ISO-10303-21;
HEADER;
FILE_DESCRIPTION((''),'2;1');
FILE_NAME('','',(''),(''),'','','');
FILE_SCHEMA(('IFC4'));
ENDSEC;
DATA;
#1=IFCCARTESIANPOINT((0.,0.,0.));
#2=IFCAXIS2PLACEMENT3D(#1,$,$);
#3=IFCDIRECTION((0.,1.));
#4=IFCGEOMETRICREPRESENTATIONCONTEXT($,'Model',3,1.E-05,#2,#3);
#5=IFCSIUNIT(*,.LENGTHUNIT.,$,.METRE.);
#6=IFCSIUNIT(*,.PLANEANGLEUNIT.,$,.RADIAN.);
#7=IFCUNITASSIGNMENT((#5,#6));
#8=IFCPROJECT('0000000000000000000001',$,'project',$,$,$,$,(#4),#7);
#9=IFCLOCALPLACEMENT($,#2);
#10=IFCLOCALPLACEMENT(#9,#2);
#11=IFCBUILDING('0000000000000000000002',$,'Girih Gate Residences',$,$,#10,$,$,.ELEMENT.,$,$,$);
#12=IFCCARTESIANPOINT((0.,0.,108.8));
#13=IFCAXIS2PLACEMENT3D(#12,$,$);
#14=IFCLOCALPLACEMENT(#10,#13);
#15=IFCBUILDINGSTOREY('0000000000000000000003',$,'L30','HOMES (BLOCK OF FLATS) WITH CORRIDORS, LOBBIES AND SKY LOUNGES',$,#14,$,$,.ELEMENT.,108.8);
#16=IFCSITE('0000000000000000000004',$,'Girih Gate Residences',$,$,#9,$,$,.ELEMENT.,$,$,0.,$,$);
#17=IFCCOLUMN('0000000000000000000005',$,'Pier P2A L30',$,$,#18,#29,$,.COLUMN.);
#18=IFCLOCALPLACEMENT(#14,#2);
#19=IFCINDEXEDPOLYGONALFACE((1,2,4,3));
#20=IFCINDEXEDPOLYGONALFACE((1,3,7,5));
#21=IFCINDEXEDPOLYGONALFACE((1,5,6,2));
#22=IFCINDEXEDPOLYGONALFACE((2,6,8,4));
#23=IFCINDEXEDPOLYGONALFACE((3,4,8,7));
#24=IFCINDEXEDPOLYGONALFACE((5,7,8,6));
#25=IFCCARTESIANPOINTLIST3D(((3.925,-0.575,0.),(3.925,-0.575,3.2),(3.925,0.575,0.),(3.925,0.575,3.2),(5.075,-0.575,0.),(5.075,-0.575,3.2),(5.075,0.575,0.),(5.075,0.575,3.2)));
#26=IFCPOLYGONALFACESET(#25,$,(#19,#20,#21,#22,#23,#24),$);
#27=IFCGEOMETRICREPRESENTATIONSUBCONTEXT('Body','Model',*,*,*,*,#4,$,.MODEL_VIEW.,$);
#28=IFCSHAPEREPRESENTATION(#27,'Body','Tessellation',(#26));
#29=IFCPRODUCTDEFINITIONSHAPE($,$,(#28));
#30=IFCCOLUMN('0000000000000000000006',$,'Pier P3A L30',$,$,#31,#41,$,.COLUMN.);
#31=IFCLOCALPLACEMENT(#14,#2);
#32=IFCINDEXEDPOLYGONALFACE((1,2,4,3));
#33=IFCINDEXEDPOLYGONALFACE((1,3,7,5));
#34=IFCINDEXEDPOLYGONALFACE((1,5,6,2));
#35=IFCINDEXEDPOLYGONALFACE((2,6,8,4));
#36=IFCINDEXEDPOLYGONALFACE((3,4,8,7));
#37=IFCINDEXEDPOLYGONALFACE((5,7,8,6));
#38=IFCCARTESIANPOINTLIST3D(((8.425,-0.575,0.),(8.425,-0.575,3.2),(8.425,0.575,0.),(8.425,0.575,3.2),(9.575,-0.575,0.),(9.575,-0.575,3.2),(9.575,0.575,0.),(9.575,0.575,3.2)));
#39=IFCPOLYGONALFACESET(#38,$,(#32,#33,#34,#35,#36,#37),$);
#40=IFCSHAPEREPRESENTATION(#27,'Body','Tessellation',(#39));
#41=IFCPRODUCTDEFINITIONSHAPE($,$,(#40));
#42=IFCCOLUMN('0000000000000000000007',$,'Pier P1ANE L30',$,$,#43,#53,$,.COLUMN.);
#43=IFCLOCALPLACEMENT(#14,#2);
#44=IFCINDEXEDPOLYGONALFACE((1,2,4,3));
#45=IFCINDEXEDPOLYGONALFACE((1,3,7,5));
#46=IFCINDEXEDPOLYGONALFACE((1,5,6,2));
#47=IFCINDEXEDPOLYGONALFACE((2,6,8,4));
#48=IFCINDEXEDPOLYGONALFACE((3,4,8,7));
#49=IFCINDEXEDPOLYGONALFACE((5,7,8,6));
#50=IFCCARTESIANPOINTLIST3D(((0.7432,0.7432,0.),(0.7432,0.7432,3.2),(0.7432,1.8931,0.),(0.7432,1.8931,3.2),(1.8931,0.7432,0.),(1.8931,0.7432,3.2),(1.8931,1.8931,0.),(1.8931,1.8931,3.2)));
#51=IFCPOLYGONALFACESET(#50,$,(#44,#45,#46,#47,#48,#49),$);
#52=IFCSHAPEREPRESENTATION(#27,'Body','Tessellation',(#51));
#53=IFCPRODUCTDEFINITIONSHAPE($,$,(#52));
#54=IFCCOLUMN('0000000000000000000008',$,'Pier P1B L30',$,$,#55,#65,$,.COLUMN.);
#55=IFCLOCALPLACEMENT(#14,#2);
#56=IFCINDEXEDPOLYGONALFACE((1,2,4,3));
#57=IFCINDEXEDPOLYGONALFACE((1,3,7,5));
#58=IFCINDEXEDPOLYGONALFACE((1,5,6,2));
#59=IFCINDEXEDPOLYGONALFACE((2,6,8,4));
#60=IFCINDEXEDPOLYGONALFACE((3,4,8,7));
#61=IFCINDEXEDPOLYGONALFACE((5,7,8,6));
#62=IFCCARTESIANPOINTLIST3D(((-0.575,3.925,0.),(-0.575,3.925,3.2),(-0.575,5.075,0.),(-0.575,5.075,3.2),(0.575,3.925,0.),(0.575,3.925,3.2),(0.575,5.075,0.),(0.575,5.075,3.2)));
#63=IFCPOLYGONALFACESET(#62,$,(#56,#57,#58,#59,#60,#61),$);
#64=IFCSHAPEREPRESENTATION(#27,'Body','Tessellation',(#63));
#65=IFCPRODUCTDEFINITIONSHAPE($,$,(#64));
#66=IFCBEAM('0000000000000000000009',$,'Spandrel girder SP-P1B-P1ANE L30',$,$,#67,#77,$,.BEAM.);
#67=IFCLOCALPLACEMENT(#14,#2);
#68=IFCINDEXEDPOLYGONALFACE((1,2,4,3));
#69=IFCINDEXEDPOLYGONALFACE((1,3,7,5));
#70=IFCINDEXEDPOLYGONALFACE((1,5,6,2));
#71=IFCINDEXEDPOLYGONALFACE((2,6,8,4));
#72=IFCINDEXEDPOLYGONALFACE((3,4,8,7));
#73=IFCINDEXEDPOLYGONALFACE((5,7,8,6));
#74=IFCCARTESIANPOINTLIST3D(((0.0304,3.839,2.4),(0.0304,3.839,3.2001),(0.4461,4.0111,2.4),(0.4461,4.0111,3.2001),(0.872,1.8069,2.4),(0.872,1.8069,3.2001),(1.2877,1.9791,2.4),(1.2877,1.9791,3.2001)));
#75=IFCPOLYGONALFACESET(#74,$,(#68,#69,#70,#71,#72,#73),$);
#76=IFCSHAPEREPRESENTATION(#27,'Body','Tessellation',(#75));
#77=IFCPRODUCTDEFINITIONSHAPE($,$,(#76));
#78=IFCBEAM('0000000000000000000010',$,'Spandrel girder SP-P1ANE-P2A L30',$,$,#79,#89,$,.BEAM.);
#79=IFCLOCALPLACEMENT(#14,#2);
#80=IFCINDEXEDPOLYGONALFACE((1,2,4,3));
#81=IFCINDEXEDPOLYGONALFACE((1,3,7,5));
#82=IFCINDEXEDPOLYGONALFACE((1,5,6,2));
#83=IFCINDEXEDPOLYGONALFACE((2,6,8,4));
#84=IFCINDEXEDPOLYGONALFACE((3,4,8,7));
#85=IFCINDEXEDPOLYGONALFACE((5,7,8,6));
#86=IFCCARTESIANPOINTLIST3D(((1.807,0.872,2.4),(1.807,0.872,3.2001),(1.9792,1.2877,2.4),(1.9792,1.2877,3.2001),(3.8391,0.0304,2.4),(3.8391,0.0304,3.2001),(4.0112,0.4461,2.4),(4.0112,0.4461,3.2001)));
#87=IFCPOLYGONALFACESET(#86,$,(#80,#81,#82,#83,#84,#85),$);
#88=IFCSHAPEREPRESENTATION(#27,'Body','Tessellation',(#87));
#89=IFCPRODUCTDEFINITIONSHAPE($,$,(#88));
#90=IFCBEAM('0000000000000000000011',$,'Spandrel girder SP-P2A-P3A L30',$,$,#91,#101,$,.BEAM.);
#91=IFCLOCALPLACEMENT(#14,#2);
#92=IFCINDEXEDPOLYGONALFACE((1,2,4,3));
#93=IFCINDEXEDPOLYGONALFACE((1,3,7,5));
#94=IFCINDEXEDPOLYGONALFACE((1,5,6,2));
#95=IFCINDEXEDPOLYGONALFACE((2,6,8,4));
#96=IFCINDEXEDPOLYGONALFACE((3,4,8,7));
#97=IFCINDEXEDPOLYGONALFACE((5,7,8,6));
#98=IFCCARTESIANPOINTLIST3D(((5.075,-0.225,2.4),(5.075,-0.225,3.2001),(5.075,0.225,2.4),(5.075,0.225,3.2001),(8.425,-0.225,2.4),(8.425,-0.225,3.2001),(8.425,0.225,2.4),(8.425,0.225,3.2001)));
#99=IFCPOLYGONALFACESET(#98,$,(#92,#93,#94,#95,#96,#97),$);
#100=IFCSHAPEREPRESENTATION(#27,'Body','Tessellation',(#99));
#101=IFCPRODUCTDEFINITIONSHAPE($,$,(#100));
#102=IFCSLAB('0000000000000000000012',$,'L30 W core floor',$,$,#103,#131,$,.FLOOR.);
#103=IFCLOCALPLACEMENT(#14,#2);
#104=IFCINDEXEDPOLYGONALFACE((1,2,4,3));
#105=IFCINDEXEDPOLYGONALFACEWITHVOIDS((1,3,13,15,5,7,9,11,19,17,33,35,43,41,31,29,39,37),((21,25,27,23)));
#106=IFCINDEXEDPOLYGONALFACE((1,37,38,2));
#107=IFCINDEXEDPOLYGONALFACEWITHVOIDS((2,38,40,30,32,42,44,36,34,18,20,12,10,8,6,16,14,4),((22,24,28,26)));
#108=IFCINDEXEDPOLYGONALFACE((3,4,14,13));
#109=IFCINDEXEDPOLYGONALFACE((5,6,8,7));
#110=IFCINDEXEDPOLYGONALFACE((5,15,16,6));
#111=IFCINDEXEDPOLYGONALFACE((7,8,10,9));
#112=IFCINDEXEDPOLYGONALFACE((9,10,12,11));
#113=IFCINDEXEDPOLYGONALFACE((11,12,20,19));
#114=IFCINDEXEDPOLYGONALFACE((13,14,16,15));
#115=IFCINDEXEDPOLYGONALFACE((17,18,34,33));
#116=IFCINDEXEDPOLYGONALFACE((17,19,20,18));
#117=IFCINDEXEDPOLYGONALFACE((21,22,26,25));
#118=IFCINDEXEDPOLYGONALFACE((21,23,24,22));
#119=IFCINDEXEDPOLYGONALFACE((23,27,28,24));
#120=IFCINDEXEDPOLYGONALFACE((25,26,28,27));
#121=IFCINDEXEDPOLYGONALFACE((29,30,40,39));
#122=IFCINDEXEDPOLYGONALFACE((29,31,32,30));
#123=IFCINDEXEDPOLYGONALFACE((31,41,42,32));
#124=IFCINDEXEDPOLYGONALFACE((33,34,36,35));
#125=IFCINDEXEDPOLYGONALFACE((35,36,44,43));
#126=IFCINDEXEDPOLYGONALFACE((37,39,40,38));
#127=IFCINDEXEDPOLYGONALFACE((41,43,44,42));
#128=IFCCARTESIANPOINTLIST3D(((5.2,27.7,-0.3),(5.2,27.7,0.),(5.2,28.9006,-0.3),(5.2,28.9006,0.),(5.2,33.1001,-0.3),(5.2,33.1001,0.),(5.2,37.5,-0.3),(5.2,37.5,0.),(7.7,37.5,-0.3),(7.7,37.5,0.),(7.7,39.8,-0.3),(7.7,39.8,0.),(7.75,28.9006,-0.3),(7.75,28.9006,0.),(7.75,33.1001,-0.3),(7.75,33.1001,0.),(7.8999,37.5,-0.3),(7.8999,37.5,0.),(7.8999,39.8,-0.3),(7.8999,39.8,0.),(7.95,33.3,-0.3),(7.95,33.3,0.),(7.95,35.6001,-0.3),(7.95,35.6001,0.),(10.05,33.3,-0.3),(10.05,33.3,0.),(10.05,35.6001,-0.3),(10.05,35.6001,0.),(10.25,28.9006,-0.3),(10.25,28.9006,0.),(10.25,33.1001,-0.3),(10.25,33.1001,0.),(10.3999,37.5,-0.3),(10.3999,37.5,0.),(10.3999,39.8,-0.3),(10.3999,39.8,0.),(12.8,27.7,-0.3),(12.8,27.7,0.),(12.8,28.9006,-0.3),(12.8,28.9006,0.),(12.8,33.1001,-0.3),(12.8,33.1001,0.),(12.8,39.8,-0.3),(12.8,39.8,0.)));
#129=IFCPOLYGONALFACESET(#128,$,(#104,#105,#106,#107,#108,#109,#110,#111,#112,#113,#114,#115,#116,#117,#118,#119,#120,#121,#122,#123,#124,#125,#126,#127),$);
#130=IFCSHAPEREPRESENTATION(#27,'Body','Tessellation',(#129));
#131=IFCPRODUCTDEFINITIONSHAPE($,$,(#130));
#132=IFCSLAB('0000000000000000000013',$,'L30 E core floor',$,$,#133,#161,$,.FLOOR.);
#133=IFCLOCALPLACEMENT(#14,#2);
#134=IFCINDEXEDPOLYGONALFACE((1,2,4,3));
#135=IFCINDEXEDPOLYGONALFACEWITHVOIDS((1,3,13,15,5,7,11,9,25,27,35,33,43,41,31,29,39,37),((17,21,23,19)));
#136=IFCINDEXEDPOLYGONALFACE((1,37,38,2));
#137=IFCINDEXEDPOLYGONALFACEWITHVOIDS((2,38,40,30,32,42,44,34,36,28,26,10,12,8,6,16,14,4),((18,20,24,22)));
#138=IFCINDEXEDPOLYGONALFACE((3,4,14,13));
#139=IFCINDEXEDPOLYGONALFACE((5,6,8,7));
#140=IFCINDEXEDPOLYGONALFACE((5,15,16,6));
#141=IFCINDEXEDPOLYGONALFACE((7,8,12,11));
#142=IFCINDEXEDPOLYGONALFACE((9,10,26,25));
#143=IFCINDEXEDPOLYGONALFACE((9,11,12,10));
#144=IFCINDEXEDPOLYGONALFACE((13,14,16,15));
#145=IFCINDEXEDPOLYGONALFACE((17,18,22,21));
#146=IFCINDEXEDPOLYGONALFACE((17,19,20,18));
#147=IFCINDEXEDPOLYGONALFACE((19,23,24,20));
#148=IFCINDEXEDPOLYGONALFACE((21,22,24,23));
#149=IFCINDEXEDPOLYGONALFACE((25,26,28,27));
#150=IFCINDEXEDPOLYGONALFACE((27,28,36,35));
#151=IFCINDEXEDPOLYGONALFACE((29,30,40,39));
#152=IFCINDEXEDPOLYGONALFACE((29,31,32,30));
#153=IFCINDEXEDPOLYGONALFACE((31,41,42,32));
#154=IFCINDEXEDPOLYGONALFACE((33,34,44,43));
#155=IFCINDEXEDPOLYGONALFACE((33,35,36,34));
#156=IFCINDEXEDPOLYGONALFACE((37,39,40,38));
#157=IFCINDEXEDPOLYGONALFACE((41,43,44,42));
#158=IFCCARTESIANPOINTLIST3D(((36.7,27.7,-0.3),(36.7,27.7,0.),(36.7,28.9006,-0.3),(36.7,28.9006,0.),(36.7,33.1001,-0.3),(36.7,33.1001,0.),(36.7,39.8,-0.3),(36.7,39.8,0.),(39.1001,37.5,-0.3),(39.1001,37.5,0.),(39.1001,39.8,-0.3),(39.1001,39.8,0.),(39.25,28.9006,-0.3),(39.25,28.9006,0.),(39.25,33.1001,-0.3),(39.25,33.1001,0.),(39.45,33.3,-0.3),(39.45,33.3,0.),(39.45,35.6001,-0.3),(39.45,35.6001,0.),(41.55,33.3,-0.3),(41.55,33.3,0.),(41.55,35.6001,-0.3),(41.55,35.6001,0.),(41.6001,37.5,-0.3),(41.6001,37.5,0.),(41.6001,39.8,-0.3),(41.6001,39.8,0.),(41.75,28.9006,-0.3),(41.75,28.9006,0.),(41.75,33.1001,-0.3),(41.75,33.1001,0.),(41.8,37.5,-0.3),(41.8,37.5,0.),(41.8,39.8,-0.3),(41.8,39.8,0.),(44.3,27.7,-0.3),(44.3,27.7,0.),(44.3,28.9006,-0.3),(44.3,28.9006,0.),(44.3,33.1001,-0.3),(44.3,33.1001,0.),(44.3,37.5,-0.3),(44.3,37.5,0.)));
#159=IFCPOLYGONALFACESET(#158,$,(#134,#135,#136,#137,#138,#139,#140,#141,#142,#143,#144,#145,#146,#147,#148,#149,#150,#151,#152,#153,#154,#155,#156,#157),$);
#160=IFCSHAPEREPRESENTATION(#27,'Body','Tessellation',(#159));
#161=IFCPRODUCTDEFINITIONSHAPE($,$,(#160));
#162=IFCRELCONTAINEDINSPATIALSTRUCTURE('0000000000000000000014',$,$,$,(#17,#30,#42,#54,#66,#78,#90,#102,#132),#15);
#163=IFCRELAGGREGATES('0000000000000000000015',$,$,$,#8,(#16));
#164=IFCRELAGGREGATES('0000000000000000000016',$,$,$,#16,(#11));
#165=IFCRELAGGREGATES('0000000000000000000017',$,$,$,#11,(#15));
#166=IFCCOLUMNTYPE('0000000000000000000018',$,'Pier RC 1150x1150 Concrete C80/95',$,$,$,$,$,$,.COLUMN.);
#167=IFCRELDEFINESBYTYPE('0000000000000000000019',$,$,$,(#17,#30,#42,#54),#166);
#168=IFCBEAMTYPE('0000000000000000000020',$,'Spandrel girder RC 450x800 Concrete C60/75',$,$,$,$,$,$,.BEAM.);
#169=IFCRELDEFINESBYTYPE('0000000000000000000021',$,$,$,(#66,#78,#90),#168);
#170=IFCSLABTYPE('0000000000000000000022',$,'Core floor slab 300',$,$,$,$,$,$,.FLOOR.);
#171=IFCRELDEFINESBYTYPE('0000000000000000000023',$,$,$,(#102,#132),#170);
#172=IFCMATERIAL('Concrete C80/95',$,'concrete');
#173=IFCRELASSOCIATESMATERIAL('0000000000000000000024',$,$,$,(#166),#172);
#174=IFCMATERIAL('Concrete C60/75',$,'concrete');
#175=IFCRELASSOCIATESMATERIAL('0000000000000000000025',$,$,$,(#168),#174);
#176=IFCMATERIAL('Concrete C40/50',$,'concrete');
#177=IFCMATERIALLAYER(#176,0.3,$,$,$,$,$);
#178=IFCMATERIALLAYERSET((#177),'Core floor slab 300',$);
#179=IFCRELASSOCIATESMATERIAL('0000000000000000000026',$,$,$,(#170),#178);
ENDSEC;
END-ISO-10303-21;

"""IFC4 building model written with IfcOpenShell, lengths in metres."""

from ifc_helpers import new_model, si_unit, direction, frame, origin, origin_2d, place, context, subcontext, project, spatial, polyline, rectangle, outline, extrude, material, layer, layer_set, material_profile, profile_set, type_object, element, save


model = new_model("IFC4")

# Units and contexts
model_context = context("Model", 3, precision=1e-05, world=origin(), true_north=direction((0.0, 1.0)))
body_context = subcontext(model_context, "Body", "Model", "MODEL_VIEW")
ifc_project = project(units=[si_unit("LENGTHUNIT", "METRE"), si_unit("PLANEANGLEUNIT", "RADIAN")], contexts=[model_context])

# Site, building, storey
site_placement = place(None, origin())
site = spatial("IfcSite", under=ifc_project, at=site_placement, Name="Girih Gate Residences", CompositionType="ELEMENT", RefElevation=0.0)
building_placement = place(site_placement, origin())
building = spatial("IfcBuilding", under=site, at=building_placement, Name="Girih Gate Residences", CompositionType="ELEMENT")
storey_placement = place(building_placement, frame((0.0, 0.0, 108.8)))
storey = spatial("IfcBuildingStorey", under=building, at=storey_placement, Name="L30", Description="HOMES (BLOCK OF FLATS) WITH CORRIDORS, LOBBIES AND SKY LOUNGES", CompositionType="ELEMENT", Elevation=108.8)

# Columns
ifc_material_1 = material(Name="Concrete C80/95", Category="concrete")
ifc_material_profile_1 = material_profile(ifc_material_1, rectangle(XDim=1.1499, YDim=1.1499, at=origin_2d()))
ifc_profile_set_1 = profile_set([ifc_material_profile_1], Name="Concrete C80/95")
column_type = type_object("IfcColumnType", Name="Pier RC 1150x1150 Concrete C80/95", PredefinedType="COLUMN", material=ifc_profile_set_1)
for number, where, z_axis, x_axis, name in (
    (1, (4.5, 0.0, 0.0), (0.0, 0.0, 1.0), (1.0, 0.0, 0.0), "Pier P2A L30"),
    (2, (9.0, 0.0, 0.0), (0.0, 0.0, 1.0), (1.0, 0.0, 0.0), "Pier P3A L30"),
    (3, (1.3181, 1.3181, 0.0), (0.0, 0.0, 1.0), (1.0, 0.0, 0.0), "Pier P1ANE L30"),
    (4, (0.0, 4.5, 0.0), (0.0, 0.0, 1.0), (1.0, 0.0, 0.0), "Pier P1B L30"),
):
    element("IfcColumn", number, at=place(storey_placement, frame(where, z_axis=z_axis, x_axis=x_axis)), inside=storey, type_object=column_type, Name=name, PredefinedType="COLUMN", context=body_context, shape_type="SweptSolid", body=[
        extrude(rectangle(XDim=1.1499, YDim=1.1499, at=origin_2d()), origin(), (0.0, 0.0, 1.0), 3.2),
    ])

# Beams
ifc_material_2 = material(Name="Concrete C60/75", Category="concrete")
ifc_material_profile_2 = material_profile(ifc_material_2, rectangle(XDim=0.45, YDim=0.8, at=origin_2d()))
ifc_profile_set_2 = profile_set([ifc_material_profile_2], Name="Concrete C60/75")
beam_type = type_object("IfcBeamType", Name="Spandrel girder RC 450x800 Concrete C60/75", PredefinedType="BEAM", material=ifc_profile_set_2)
for number, where, z_axis, x_axis, name in (
    (5, (0.2383, 3.925, 2.8), (0.382636, -0.923899, 0.0), (0.923899, 0.382636, 0.0), "Spandrel girder SP-P1B-P1ANE L30"),
    (6, (1.8931, 1.0798, 2.8), (0.923899, -0.382636, 0.0), (0.382636, 0.923899, 0.0), "Spandrel girder SP-P1ANE-P2A L30"),
):
    element("IfcBeam", number, at=place(storey_placement, frame(where, z_axis=z_axis, x_axis=x_axis)), inside=storey, type_object=beam_type, Name=name, PredefinedType="BEAM", context=body_context, shape_type="SweptSolid", body=[
        extrude(rectangle(XDim=0.45, YDim=0.8, at=origin_2d()), origin(), (0.0, 0.0, 1.0), 2.1995),
    ])
beam_placement = place(storey_placement, frame((5.075, 0.0, 2.8), z_axis=(1.0, 0.0, 0.0), x_axis=(0.0, 1.0, 0.0)))
element("IfcBeam", 7, at=beam_placement, inside=storey, type_object=beam_type, Name="Spandrel girder SP-P2A-P3A L30", PredefinedType="BEAM", context=body_context, shape_type="SweptSolid", body=[
    extrude(rectangle(XDim=0.45, YDim=0.8, at=origin_2d()), origin(), (0.0, 0.0, 1.0), 3.3501),
])

# Slabs
ifc_material_3 = material(Name="Concrete C40/50", Category="concrete")
ifc_layer_1 = layer(ifc_material_3, 0.3)
ifc_layer_set_1 = layer_set([ifc_layer_1], Name="Core floor slab 300")
slab_type_1 = type_object("IfcSlabType", Name="Core floor slab 300", PredefinedType="FLOOR", material=ifc_layer_set_1)
slab_1_placement = place(storey_placement, frame((0.0, 0.0, -0.3)))
element("IfcSlab", 8, at=slab_1_placement, inside=storey, type_object=slab_type_1, Name="L30 W core floor", PredefinedType="FLOOR", context=body_context, shape_type="SweptSolid", body=[
    extrude(outline(polyline([(12.8, 27.7), (5.2, 27.7), (5.2, 28.9006), (7.75, 28.9006), (7.75, 33.1001), (5.2, 33.1001), (5.2, 37.5), (7.7, 37.5), (7.7, 39.8), (7.8999, 39.8), (7.8999, 37.5), (10.3999, 37.5), (10.3999, 39.8), (12.8, 39.8), (12.8, 33.1001), (10.25, 33.1001), (10.25, 28.9006), (12.8, 28.9006), (12.8, 27.7)]), holes=[polyline([(7.95, 33.3), (10.05, 33.3), (10.05, 35.6001), (7.95, 35.6001), (7.95, 33.3)])]), origin(), (0.0, 0.0, 1.0), 0.3),
])
slab_2_placement = place(storey_placement, frame((0.0, 0.0, -0.3)))
element("IfcSlab", 9, at=slab_2_placement, inside=storey, type_object=slab_type_1, Name="L30 E core floor", PredefinedType="FLOOR", context=body_context, shape_type="SweptSolid", body=[
    extrude(outline(polyline([(44.3, 27.7), (36.7, 27.7), (36.7, 28.9006), (39.25, 28.9006), (39.25, 33.1001), (36.7, 33.1001), (36.7, 39.8), (39.1001, 39.8), (39.1001, 37.5), (41.6001, 37.5), (41.6001, 39.8), (41.8, 39.8), (41.8, 37.5), (44.3, 37.5), (44.3, 33.1001), (41.75, 33.1001), (41.75, 28.9006), (44.3, 28.9006), (44.3, 27.7)]), holes=[polyline([(39.45, 33.3), (41.55, 33.3), (41.55, 35.6001), (39.45, 35.6001), (39.45, 33.3)])]), origin(), (0.0, 0.0, 1.0), 0.3),
])

save(model, "model.ifc")
